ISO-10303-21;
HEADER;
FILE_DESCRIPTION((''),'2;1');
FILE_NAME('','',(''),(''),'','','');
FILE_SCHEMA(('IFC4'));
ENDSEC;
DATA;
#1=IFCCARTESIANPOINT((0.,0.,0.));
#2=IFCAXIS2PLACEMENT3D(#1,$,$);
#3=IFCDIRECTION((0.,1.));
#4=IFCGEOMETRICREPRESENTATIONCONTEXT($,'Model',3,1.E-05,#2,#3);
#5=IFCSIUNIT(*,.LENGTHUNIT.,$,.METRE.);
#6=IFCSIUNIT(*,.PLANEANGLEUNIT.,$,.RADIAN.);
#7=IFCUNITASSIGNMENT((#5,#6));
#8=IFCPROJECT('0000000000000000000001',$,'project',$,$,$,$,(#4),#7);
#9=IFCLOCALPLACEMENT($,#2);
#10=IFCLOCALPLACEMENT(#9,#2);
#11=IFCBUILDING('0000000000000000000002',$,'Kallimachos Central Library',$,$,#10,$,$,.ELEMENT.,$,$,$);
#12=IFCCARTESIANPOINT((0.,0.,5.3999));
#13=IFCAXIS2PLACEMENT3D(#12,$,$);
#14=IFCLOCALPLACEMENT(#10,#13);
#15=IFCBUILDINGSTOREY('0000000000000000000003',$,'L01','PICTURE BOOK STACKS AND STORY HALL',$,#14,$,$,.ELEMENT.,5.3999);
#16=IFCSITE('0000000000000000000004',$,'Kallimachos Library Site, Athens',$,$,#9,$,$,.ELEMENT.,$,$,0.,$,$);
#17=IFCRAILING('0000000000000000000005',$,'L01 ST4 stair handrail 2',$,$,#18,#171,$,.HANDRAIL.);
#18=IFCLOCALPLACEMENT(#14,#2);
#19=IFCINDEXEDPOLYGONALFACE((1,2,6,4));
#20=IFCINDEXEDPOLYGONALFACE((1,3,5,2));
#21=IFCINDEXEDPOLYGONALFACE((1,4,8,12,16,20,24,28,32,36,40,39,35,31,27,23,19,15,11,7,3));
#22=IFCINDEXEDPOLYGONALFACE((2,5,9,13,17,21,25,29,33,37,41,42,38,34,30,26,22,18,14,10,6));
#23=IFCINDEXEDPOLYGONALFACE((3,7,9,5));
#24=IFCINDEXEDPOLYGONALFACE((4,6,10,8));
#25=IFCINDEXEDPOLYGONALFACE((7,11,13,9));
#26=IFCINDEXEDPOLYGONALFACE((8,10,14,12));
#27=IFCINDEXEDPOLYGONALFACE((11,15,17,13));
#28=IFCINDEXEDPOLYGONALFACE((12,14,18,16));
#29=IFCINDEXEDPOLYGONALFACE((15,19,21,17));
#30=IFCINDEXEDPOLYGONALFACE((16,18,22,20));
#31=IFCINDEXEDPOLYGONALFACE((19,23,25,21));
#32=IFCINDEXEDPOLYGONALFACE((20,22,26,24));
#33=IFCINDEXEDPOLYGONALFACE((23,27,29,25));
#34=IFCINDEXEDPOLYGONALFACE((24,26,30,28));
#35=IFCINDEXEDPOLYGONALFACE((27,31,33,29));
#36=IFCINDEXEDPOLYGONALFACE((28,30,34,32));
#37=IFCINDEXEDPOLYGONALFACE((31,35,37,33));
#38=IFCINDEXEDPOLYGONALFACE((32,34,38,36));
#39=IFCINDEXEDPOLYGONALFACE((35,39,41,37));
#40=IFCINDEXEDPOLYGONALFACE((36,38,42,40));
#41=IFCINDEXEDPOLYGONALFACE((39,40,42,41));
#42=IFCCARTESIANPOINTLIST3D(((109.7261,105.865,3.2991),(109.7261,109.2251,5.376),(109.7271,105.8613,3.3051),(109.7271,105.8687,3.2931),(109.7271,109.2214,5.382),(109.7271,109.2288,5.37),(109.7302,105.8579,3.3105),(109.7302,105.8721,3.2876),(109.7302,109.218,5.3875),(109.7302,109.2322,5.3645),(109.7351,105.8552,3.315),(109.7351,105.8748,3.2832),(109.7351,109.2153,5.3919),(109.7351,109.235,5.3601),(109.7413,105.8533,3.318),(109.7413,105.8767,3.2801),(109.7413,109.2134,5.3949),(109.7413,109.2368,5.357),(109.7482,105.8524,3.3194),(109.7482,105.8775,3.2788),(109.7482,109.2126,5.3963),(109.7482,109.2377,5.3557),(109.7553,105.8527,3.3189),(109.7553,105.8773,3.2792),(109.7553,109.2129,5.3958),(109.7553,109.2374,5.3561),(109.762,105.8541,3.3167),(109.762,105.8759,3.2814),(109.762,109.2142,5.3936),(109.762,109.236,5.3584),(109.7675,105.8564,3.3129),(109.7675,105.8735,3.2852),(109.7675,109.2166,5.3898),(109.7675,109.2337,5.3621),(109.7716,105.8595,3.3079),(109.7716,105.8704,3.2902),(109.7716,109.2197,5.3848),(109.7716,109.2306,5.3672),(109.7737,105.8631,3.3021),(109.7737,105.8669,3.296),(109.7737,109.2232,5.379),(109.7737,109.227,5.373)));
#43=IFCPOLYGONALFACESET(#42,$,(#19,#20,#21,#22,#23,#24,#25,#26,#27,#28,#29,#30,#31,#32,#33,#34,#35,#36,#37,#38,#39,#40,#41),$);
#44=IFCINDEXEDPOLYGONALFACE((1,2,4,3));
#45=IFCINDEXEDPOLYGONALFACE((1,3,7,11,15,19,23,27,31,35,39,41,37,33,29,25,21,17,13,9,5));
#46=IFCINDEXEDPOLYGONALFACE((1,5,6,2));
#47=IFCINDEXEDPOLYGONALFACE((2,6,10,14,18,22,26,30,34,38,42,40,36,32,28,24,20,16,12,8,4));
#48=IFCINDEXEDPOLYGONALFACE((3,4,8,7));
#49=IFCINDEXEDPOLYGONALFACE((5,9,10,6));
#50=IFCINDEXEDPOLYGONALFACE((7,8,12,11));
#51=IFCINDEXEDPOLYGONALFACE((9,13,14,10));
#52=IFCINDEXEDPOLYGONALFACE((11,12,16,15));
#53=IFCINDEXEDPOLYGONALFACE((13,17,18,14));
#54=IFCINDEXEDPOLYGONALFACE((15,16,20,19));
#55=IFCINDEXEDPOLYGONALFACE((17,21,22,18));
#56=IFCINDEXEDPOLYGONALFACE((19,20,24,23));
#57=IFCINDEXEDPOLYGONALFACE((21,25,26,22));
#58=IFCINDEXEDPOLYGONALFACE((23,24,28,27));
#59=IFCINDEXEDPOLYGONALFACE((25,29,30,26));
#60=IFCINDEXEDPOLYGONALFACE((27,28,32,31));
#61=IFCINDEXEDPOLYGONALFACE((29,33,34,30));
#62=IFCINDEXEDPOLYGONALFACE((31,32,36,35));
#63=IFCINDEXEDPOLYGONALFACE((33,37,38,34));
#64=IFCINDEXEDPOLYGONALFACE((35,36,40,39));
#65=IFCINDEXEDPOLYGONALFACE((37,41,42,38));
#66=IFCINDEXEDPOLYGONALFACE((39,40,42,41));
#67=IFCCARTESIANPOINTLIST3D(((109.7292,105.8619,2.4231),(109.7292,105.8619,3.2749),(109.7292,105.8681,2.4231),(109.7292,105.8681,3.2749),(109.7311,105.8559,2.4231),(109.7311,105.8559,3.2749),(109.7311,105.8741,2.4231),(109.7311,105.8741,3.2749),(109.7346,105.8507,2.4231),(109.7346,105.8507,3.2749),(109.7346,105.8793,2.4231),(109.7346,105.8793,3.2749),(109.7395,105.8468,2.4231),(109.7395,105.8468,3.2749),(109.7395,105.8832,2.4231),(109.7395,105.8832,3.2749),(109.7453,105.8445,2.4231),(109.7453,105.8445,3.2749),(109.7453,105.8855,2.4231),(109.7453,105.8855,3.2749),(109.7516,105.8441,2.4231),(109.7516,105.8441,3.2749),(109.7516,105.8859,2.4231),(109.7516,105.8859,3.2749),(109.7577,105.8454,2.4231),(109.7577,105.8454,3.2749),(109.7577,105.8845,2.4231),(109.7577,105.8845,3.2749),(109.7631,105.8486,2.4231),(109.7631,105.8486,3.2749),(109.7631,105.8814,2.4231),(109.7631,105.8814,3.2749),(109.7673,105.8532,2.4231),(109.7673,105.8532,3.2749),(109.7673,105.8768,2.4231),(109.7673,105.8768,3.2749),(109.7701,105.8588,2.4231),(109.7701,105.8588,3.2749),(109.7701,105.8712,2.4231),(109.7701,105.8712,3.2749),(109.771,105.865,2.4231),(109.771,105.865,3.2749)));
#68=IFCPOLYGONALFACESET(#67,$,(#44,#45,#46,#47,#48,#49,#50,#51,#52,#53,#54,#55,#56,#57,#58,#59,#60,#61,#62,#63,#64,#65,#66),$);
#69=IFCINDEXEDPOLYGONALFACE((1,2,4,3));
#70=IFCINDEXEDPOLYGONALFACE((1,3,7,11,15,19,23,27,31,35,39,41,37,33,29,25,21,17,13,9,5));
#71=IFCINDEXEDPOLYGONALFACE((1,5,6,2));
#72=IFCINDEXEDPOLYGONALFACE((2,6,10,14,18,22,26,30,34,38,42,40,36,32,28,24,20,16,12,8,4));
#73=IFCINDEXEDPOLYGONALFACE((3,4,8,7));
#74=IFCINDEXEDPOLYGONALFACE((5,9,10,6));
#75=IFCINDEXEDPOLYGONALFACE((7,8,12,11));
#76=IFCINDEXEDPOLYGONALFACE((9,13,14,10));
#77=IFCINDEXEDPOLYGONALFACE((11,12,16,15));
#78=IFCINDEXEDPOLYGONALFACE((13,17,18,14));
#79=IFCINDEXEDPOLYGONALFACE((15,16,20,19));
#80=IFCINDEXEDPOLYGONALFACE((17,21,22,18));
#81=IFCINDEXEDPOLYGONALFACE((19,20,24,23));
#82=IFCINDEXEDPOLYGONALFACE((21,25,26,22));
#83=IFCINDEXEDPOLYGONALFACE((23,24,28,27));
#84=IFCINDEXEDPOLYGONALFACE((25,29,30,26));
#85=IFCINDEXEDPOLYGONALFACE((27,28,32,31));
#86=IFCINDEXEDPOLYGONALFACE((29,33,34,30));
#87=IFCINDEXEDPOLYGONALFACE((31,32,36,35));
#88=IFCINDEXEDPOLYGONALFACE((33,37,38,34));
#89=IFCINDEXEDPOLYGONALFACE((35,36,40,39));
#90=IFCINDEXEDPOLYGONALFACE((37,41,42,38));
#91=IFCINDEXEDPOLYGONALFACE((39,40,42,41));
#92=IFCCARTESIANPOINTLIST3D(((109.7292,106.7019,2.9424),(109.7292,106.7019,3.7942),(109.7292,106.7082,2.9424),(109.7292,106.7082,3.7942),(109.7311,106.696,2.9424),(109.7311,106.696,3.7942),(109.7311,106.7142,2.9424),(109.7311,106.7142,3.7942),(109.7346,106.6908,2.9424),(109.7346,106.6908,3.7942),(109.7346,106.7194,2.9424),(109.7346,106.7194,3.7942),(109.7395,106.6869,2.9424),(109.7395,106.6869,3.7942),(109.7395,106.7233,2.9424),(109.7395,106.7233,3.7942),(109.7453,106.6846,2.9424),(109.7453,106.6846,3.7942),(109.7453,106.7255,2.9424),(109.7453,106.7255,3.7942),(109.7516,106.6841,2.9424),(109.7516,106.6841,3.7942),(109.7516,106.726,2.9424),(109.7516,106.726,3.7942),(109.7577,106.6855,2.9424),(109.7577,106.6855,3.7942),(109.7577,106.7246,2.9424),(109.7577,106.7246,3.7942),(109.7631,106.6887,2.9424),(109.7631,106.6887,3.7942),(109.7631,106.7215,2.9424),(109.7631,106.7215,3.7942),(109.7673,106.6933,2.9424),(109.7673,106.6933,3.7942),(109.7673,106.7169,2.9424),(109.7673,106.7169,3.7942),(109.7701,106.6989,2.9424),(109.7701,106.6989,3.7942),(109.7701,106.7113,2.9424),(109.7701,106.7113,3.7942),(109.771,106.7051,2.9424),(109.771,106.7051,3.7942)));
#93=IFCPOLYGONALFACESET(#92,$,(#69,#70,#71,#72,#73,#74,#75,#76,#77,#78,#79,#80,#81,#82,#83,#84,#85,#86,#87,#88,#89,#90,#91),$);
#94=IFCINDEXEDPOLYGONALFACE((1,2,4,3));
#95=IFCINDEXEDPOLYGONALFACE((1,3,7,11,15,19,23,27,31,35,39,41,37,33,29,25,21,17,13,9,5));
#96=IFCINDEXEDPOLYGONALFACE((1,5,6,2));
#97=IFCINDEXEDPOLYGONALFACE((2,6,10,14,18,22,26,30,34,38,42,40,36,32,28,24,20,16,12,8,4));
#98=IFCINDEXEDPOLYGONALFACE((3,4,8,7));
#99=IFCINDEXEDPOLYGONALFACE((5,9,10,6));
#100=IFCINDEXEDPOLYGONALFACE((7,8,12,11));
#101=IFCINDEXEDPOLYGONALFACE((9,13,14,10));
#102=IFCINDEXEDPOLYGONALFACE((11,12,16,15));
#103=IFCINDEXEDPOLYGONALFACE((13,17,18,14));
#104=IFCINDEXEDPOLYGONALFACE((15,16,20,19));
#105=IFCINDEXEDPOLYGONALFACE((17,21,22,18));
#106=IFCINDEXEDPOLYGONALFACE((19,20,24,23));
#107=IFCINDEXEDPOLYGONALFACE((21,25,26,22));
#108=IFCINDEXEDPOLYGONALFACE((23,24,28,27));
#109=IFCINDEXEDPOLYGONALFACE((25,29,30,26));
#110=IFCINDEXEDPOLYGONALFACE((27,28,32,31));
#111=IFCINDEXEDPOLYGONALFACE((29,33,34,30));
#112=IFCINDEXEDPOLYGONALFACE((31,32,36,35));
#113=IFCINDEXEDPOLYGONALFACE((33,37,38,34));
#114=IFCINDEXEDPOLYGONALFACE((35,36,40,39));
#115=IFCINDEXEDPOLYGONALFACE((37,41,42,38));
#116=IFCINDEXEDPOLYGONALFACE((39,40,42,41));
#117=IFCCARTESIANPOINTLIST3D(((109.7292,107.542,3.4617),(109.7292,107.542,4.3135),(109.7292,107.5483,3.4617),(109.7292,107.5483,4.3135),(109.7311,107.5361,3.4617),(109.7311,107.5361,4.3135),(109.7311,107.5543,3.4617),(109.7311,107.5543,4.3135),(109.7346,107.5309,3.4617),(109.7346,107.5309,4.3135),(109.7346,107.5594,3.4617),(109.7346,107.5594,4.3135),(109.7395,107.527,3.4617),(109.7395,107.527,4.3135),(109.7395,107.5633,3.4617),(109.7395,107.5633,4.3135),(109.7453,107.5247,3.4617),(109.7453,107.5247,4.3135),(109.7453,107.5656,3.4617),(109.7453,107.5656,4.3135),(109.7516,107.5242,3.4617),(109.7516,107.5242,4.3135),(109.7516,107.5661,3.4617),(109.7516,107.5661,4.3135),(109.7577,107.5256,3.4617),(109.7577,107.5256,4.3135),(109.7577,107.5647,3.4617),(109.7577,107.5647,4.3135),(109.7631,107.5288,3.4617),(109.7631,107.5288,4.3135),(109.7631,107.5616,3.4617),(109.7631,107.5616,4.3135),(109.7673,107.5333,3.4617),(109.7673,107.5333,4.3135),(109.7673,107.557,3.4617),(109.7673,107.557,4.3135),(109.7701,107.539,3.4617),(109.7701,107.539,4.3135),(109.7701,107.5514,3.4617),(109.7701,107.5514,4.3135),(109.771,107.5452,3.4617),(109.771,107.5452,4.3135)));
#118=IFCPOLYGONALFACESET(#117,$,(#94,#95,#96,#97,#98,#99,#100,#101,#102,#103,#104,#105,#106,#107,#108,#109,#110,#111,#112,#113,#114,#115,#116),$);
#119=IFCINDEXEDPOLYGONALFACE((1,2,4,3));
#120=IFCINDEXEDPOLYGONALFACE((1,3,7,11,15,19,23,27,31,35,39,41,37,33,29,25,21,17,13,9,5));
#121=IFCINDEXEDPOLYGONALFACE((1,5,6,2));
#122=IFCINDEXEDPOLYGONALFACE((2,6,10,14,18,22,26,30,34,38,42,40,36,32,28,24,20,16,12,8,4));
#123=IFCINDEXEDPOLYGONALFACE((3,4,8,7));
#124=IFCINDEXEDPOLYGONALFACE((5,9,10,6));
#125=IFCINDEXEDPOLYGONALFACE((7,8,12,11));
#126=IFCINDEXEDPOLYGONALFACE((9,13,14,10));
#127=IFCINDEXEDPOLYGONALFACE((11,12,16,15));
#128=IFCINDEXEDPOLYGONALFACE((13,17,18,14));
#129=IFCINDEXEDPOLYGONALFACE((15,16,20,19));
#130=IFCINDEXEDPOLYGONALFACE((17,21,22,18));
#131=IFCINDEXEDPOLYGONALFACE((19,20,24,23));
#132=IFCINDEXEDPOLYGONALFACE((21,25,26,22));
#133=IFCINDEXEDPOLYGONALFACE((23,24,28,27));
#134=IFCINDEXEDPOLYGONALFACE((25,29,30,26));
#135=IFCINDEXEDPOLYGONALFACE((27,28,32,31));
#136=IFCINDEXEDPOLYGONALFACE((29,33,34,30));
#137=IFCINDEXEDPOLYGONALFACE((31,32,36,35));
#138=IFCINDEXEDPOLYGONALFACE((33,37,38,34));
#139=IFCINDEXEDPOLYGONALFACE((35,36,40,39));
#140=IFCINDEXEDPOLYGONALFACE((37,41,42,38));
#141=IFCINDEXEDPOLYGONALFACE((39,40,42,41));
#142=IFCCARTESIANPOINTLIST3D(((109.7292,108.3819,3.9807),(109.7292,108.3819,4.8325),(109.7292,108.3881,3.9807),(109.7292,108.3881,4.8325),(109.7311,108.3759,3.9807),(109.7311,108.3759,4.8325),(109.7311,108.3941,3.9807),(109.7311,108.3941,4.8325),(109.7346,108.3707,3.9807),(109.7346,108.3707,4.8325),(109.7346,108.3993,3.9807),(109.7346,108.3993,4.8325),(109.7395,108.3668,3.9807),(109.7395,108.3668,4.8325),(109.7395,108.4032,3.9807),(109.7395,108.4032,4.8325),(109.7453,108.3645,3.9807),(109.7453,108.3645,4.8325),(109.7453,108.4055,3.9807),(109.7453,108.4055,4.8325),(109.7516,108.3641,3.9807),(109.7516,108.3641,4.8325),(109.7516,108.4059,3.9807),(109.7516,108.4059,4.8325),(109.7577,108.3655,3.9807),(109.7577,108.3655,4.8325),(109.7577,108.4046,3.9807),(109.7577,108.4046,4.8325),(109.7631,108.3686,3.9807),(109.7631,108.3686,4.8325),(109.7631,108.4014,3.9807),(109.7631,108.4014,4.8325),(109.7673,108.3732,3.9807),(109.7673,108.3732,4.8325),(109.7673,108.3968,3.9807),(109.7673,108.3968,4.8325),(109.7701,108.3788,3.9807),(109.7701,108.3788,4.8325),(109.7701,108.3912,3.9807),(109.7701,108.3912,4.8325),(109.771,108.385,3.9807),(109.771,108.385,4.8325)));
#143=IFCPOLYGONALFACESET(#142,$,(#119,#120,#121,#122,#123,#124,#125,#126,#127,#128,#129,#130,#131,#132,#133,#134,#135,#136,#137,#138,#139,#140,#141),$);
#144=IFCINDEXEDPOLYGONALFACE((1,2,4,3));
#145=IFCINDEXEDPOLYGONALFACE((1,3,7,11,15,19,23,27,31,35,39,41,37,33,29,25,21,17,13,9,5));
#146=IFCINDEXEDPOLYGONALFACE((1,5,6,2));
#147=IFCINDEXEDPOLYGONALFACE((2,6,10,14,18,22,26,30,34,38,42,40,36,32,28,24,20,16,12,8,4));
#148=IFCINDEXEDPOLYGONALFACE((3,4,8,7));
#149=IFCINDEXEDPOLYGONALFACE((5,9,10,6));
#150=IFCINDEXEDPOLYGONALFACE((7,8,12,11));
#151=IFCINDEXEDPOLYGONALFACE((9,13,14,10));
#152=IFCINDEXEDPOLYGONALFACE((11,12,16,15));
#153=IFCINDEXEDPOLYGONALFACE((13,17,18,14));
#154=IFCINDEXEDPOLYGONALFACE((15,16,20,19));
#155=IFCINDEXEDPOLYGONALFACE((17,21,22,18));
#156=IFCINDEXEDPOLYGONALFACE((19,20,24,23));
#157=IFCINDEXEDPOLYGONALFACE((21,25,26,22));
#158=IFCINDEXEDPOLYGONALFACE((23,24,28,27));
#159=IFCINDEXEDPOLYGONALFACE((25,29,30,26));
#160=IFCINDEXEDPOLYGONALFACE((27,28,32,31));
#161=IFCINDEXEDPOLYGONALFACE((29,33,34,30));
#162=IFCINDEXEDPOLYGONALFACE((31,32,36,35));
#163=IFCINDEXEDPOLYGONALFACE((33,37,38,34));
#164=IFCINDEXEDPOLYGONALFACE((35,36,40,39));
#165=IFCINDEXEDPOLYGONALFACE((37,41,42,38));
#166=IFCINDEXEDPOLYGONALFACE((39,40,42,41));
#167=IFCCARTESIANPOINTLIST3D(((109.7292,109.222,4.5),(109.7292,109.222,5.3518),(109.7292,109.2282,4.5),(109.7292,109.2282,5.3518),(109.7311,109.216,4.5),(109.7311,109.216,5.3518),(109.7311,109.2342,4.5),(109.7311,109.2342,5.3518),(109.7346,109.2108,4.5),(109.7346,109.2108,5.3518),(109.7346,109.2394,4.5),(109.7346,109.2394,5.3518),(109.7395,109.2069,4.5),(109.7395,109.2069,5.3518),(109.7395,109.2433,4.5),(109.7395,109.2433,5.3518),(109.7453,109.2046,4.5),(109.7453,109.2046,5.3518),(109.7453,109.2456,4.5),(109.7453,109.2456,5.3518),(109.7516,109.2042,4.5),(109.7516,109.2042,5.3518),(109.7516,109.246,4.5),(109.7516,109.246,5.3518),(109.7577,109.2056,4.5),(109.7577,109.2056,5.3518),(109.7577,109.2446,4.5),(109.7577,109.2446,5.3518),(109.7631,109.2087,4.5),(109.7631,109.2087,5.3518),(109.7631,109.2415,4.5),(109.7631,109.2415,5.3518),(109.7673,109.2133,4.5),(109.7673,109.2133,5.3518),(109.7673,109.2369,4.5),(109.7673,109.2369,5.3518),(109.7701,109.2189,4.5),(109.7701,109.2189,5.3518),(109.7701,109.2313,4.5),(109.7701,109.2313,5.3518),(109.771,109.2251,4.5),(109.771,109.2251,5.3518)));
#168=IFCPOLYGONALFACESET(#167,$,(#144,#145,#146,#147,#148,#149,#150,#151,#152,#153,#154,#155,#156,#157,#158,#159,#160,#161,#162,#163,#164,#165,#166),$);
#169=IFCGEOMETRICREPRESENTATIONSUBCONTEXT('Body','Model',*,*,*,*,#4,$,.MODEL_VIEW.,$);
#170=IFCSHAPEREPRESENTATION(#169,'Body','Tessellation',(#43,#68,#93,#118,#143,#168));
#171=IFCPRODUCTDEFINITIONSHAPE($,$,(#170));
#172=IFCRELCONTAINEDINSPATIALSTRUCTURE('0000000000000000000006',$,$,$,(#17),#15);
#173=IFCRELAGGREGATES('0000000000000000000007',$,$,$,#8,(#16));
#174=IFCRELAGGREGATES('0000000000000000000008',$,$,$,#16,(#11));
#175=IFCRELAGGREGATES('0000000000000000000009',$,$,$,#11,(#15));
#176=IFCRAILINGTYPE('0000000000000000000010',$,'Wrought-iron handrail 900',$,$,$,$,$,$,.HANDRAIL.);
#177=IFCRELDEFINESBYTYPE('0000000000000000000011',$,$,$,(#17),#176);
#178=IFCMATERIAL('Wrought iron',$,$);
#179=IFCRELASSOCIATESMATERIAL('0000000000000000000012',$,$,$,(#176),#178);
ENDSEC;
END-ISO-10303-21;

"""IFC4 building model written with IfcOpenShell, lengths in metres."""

from ifc_helpers import new_model, si_unit, direction, frame, origin, origin_2d, place, context, subcontext, project, spatial, circle, extrude, material, type_object, element, save


model = new_model("IFC4")

# Units and contexts
model_context = context("Model", 3, precision=1e-05, world=origin(), true_north=direction((0.0, 1.0)))
body_context = subcontext(model_context, "Body", "Model", "MODEL_VIEW")
ifc_project = project(units=[si_unit("LENGTHUNIT", "METRE"), si_unit("PLANEANGLEUNIT", "RADIAN")], contexts=[model_context])

# Site, building, storey
site_placement = place(None, origin())
site = spatial("IfcSite", under=ifc_project, at=site_placement, Name="Kallimachos Library Site, Athens", CompositionType="ELEMENT", RefElevation=0.0)
building_placement = place(site_placement, origin())
building = spatial("IfcBuilding", under=site, at=building_placement, Name="Kallimachos Central Library", CompositionType="ELEMENT")
storey_placement = place(building_placement, frame((0.0, 0.0, 5.3999)))
storey = spatial("IfcBuildingStorey", under=building, at=storey_placement, Name="L01", Description="PICTURE BOOK STACKS AND STORY HALL", CompositionType="ELEMENT", Elevation=5.3999)

# Railing
ifc_material_1 = material(Name="Wrought iron")
railing_type_1 = type_object("IfcRailingType", Name="Wrought-iron handrail 900", PredefinedType="HANDRAIL", material=ifc_material_1)
railing_1_placement = place(storey_placement, frame((109.75, 105.865, 2.4231)))
element("IfcRailing", 1, at=railing_1_placement, inside=storey, type_object=railing_type_1, Name="L01 ST4 stair handrail 2", PredefinedType="HANDRAIL", context=body_context, shape_type="SweptSolid", body=[
    extrude(circle(Radius=0.0239, at=origin_2d()), frame((0.0, 0.0, 0.876), z_axis=(0.0, 0.850623, 0.525776), x_axis=(-1.0, 0.0, 0.0)), (0.0, 0.0, 1.0), 3.9502),
    extrude(circle(Radius=0.021, at=origin_2d()), origin(), (0.0, 0.0, 1.0), 0.8518),
    extrude(circle(Radius=0.021, at=origin_2d()), frame((0.0, 0.8401, 0.5193)), (0.0, 0.0, 1.0), 0.8518),
    extrude(circle(Radius=0.021, at=origin_2d()), frame((0.0, 1.6802, 1.0386)), (0.0, 0.0, 1.0), 0.8518),
    extrude(circle(Radius=0.021, at=origin_2d()), frame((0.0, 2.52, 1.5576)), (0.0, 0.0, 1.0), 0.8518),
    extrude(circle(Radius=0.021, at=origin_2d()), frame((0.0, 3.3601, 2.0769)), (0.0, 0.0, 1.0), 0.8518),
])

save(model, "model.ifc")
